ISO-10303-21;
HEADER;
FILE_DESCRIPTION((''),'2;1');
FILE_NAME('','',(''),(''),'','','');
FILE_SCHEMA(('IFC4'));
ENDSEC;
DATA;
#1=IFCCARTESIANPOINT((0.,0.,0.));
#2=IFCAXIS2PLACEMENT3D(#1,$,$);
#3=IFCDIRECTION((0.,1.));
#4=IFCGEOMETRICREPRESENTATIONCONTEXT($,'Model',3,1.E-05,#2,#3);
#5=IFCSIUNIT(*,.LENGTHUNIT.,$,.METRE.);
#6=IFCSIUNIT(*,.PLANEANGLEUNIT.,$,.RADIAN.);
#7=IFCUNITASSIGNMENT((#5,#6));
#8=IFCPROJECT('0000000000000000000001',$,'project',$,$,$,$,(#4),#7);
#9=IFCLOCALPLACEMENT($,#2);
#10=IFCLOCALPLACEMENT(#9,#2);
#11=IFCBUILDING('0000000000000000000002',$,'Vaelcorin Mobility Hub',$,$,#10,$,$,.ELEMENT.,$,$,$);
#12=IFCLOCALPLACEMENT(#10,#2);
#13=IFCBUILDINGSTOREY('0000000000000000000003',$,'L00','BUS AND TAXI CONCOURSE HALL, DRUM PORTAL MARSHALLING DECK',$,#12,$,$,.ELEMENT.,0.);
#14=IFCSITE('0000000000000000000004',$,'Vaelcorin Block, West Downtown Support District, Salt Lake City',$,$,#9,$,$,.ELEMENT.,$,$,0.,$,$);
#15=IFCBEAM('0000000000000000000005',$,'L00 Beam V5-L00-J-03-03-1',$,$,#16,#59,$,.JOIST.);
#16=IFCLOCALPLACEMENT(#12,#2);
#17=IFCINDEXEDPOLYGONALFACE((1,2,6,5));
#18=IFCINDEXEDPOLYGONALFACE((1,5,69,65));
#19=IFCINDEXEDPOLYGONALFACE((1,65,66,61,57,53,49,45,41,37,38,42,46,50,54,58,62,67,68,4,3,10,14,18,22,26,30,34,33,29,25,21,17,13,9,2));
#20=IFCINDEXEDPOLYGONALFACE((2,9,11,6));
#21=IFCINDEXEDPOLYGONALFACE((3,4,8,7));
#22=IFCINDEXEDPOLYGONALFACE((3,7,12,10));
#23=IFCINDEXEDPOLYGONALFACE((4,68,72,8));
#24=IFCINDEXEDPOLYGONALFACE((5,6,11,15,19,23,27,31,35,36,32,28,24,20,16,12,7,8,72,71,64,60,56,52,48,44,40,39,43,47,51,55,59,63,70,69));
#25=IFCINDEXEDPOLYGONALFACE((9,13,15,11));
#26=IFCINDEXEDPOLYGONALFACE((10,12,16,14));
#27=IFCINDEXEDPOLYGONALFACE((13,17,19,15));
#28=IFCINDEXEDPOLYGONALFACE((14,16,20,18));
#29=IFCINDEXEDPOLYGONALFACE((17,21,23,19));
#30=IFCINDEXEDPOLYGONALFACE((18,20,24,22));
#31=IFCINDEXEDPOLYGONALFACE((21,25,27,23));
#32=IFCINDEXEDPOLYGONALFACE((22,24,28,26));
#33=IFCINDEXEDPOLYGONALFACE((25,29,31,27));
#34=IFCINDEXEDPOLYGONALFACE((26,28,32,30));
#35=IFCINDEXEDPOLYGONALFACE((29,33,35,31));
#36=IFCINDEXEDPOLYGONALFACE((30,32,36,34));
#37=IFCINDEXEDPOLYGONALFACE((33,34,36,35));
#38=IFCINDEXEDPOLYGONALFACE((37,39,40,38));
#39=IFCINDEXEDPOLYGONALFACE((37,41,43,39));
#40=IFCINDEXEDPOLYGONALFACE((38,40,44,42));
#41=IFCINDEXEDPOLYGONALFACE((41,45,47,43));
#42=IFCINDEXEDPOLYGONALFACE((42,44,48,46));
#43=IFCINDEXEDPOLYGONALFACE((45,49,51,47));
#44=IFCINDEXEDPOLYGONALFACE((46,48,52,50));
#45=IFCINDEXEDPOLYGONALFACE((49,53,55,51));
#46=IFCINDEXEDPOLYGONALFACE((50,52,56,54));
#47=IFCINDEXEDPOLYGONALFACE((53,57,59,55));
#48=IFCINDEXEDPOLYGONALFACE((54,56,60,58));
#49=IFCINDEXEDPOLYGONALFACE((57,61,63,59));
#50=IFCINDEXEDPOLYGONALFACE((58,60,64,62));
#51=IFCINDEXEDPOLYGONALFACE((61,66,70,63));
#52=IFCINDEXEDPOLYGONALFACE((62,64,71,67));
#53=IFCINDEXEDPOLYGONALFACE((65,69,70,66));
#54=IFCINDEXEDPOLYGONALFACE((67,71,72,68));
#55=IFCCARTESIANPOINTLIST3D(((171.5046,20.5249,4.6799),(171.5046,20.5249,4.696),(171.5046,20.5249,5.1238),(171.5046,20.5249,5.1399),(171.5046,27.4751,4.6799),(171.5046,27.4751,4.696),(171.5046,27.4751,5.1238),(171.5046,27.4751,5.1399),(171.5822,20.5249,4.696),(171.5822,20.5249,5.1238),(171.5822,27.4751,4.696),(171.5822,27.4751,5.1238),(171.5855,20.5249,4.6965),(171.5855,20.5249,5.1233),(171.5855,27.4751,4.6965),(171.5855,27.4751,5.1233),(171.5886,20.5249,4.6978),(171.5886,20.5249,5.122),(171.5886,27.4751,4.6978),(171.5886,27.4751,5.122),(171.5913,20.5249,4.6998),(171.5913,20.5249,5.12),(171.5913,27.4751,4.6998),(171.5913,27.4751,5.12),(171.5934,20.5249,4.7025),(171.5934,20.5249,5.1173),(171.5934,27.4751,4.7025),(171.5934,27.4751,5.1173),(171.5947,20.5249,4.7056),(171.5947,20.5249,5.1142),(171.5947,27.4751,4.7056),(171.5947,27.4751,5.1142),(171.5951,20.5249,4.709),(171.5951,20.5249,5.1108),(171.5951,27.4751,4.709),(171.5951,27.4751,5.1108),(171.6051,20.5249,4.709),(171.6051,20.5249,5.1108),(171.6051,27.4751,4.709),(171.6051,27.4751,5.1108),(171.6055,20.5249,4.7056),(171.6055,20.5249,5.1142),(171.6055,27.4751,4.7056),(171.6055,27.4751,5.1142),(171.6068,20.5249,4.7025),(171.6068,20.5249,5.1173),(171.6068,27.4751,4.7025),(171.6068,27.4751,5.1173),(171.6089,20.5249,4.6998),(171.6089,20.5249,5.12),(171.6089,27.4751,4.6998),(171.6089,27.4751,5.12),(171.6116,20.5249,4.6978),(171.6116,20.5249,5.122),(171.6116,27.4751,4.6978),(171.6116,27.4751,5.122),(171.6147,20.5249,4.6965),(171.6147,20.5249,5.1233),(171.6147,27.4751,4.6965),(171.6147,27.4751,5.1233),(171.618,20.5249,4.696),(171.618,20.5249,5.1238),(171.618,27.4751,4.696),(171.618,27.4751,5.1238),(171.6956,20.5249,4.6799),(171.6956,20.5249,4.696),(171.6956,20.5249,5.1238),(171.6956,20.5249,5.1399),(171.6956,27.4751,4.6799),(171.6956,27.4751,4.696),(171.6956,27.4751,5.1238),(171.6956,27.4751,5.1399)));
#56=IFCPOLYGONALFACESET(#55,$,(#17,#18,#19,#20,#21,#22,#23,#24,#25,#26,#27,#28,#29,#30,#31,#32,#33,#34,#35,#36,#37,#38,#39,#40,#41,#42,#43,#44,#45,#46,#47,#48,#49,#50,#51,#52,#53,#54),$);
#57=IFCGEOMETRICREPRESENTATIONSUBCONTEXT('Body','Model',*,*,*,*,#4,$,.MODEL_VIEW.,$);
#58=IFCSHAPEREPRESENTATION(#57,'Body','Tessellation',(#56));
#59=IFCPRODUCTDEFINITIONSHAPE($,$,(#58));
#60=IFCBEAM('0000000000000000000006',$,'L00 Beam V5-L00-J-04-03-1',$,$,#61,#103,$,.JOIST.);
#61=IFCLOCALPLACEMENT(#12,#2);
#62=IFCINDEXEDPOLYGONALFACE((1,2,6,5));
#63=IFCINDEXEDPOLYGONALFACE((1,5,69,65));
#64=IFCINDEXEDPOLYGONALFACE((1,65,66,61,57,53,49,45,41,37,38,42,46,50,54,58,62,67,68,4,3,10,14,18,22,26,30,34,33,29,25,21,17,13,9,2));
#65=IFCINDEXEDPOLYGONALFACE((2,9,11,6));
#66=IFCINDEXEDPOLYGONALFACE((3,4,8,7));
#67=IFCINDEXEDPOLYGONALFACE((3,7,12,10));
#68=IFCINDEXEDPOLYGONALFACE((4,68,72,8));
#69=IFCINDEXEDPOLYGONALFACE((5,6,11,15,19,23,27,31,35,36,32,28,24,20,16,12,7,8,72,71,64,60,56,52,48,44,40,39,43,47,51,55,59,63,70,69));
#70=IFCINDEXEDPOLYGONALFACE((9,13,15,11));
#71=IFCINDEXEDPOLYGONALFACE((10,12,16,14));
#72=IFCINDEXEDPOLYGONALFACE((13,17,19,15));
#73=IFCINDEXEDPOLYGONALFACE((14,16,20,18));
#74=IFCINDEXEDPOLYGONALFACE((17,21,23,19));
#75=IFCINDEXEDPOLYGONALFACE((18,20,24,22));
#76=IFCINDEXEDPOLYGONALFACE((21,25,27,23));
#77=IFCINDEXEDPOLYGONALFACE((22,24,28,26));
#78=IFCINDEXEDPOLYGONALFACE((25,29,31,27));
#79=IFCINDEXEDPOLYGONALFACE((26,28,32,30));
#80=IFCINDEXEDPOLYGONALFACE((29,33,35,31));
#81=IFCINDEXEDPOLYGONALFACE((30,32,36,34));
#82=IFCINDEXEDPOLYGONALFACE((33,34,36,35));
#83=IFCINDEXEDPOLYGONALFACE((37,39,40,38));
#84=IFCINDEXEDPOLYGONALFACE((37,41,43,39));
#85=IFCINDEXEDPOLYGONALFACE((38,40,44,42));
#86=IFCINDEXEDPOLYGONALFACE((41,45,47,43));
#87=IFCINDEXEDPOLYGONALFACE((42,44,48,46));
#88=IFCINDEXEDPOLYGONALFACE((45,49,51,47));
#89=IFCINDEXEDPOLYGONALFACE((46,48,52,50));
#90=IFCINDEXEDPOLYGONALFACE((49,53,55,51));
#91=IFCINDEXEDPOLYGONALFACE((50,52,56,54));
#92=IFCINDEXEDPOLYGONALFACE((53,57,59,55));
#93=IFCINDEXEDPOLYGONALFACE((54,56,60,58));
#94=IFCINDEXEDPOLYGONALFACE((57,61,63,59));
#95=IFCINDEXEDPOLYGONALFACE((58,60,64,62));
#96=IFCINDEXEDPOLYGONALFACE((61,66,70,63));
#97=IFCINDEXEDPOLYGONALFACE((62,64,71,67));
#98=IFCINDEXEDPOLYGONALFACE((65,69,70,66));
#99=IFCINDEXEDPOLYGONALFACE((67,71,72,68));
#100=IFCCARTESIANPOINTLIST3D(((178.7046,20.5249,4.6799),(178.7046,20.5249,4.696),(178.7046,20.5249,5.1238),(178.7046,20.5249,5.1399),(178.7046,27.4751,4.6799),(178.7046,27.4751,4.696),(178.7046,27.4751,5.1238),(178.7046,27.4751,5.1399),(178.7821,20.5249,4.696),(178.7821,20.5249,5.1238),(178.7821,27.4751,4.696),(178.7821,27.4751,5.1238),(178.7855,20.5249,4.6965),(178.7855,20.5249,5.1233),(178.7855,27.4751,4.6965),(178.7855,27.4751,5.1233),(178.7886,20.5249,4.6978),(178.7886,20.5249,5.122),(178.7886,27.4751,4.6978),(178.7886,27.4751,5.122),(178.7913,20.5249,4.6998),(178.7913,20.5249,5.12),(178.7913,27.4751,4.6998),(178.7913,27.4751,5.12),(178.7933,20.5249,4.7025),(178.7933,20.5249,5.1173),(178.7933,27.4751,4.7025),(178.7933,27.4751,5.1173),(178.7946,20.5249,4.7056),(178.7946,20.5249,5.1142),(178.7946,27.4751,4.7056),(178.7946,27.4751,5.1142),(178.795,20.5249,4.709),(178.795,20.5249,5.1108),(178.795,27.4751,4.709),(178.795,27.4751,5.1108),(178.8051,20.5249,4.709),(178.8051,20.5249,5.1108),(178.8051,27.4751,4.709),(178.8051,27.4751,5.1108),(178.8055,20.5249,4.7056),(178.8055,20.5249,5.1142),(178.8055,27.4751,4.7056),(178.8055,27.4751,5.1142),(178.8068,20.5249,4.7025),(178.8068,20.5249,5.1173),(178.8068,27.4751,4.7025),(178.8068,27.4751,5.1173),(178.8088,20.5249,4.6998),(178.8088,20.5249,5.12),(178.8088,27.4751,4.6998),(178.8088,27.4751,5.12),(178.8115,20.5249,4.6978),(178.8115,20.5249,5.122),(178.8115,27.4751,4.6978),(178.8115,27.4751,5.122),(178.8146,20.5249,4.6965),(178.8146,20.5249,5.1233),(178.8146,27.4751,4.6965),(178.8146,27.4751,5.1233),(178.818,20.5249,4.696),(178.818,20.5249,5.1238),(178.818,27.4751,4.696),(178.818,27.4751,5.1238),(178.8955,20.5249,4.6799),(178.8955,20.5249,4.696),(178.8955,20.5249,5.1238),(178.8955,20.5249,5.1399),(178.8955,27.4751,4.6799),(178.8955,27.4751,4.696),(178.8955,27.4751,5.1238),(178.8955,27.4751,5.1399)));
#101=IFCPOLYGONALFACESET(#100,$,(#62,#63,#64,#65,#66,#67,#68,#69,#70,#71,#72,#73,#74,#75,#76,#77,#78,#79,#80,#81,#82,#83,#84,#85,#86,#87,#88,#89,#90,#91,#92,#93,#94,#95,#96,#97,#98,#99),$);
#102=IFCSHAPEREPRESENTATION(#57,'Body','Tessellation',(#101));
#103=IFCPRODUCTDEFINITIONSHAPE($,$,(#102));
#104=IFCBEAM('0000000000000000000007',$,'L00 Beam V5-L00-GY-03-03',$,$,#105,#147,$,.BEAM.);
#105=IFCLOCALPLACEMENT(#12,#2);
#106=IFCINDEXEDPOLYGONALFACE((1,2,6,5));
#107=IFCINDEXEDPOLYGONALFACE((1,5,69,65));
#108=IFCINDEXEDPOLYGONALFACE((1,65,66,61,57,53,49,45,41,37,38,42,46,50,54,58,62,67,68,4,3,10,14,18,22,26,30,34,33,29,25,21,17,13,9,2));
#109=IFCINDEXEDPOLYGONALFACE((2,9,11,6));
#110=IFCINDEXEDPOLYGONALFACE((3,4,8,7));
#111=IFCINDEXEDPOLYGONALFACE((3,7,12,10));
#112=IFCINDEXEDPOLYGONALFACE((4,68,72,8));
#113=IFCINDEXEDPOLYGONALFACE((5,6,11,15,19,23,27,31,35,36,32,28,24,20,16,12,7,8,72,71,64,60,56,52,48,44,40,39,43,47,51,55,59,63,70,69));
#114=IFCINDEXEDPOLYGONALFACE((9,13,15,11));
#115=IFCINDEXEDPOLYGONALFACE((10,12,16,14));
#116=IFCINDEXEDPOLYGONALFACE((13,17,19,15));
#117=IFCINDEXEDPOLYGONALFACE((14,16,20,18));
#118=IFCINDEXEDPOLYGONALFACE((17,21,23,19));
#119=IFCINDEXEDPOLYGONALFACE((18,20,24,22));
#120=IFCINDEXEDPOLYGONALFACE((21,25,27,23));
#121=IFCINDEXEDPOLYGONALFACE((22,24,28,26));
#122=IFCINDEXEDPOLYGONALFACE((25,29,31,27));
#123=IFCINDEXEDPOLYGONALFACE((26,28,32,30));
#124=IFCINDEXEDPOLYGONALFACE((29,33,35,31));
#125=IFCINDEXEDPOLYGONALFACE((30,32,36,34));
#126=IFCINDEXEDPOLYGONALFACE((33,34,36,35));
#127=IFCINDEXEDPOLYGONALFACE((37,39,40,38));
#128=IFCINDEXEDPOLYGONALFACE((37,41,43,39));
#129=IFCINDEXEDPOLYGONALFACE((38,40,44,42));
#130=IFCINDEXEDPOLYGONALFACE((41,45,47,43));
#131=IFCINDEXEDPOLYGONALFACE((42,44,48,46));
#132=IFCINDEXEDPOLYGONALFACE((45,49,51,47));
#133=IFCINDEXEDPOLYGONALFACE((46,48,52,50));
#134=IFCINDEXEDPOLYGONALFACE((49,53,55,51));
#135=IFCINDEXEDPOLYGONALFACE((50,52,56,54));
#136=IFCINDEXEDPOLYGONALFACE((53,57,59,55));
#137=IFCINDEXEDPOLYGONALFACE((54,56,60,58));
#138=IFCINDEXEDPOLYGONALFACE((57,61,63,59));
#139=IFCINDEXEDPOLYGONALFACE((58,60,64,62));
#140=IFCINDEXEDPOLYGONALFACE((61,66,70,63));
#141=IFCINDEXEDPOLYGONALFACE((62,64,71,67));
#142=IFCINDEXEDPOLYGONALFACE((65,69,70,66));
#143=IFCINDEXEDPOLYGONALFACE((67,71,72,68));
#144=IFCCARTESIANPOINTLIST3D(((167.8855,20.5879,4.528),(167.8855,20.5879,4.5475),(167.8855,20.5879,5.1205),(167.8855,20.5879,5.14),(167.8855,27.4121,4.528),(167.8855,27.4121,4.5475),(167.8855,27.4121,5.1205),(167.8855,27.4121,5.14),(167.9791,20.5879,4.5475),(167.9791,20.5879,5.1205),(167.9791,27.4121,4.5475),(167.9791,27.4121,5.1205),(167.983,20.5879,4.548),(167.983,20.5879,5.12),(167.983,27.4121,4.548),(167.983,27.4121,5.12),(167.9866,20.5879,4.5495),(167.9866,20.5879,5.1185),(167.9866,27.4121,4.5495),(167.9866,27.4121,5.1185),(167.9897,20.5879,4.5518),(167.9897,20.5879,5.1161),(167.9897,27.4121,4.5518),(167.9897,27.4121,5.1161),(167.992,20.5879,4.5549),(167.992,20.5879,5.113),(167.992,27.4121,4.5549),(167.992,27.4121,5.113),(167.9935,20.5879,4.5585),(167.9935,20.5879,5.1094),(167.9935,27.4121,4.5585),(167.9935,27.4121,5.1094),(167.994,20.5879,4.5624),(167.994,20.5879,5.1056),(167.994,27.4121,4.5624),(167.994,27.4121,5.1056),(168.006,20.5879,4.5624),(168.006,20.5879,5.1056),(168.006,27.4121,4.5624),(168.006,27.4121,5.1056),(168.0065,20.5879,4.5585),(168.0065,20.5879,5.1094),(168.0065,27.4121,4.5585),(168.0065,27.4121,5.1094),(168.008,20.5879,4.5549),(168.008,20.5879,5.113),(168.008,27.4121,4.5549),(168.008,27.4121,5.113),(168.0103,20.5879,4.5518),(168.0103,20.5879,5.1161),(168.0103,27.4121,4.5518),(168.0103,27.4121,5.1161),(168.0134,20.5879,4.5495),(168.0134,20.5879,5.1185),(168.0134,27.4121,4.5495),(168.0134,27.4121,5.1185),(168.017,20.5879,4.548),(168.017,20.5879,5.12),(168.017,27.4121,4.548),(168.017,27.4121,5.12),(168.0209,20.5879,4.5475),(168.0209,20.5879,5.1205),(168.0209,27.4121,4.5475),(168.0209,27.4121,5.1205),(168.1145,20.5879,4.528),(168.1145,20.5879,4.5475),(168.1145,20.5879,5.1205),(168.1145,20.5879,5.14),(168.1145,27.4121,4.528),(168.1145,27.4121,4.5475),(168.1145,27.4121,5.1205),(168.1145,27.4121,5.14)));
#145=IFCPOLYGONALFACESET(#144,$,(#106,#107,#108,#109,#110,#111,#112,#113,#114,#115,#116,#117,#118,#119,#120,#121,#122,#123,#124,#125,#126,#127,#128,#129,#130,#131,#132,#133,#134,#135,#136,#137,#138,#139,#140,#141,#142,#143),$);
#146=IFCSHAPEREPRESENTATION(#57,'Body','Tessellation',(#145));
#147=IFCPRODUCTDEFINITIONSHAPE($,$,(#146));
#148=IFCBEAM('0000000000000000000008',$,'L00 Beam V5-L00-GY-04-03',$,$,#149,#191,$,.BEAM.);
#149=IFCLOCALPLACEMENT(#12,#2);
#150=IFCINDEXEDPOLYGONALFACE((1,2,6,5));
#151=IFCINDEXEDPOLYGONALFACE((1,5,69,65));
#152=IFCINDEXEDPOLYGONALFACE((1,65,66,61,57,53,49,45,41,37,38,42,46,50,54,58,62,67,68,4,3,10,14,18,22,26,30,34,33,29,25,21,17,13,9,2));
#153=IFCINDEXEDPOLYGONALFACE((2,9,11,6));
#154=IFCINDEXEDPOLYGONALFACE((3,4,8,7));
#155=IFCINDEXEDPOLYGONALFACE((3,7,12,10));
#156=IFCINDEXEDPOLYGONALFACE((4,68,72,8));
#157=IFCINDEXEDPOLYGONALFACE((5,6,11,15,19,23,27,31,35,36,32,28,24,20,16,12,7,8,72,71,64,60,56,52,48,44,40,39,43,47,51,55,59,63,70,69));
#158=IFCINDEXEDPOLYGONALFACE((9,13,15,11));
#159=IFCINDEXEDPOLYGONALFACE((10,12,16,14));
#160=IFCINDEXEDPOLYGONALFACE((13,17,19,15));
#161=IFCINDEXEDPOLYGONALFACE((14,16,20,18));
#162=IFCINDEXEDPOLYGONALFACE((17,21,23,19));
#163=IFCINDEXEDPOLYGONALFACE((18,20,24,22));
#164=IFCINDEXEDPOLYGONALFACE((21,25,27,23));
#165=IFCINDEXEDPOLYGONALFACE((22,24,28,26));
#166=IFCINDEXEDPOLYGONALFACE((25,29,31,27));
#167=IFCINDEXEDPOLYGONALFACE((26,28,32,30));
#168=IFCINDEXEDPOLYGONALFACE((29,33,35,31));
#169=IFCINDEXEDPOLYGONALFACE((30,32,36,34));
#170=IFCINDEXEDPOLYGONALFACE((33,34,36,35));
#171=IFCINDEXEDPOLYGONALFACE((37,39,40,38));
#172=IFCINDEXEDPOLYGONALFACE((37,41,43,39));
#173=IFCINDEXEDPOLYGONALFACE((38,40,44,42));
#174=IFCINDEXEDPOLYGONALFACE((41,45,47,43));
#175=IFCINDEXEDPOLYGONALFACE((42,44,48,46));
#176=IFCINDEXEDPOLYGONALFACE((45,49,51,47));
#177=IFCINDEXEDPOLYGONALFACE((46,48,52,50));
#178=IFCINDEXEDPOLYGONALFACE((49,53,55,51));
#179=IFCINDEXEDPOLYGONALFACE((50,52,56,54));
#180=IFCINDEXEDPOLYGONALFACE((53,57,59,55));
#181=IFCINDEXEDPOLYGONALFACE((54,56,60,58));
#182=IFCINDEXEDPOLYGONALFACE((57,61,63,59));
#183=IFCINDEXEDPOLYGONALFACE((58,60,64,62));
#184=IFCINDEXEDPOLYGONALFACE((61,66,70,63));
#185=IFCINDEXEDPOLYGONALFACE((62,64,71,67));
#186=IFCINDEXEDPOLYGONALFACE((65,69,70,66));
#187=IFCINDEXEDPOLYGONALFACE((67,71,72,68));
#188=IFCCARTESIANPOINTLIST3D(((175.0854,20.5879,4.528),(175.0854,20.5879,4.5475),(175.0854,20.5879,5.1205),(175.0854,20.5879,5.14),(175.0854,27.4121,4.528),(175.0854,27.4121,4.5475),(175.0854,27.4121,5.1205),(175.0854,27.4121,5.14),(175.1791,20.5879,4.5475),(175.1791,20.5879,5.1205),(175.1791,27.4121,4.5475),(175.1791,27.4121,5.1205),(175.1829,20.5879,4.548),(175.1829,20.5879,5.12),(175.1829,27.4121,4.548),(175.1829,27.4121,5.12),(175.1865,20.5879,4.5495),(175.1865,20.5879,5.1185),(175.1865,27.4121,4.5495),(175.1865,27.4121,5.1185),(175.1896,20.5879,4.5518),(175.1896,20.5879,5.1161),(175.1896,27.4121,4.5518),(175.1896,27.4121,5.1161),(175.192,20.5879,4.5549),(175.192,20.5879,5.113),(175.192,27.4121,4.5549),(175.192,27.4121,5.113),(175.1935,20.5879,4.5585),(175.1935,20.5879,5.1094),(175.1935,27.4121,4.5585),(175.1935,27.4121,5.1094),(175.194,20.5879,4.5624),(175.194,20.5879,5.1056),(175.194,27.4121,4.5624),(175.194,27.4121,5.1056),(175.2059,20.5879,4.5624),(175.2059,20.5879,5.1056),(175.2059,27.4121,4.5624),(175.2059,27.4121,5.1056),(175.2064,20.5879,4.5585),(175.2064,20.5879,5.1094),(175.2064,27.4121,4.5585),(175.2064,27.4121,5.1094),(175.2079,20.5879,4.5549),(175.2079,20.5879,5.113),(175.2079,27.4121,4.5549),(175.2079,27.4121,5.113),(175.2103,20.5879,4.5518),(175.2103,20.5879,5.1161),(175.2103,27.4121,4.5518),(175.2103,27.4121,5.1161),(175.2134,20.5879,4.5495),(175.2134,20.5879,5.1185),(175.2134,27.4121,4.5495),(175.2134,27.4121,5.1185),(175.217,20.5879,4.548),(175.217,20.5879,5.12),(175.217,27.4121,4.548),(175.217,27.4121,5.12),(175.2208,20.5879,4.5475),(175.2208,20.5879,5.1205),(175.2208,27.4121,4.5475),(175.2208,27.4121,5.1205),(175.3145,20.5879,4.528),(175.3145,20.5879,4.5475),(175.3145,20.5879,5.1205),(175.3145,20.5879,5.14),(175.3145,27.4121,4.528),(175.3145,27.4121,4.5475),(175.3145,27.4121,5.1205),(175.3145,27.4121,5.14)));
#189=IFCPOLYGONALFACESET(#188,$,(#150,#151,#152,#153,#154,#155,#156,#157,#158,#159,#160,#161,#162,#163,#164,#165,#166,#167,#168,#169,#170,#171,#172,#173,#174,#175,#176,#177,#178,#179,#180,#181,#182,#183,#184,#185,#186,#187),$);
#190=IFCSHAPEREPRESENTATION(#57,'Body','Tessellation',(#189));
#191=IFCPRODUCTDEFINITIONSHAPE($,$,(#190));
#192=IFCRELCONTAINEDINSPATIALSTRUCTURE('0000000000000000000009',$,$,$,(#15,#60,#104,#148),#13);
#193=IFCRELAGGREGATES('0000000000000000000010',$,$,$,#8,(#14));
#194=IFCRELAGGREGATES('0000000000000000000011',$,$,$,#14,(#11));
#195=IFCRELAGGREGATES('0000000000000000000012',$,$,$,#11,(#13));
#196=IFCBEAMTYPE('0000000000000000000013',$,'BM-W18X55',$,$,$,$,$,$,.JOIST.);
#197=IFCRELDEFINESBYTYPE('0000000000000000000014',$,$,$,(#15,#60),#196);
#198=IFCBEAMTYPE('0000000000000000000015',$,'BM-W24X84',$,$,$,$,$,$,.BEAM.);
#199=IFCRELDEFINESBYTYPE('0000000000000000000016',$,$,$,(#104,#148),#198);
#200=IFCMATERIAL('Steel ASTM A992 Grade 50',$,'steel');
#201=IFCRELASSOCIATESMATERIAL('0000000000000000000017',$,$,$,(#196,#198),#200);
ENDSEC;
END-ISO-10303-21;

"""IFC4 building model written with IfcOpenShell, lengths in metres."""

from ifc_helpers import new_model, si_unit, direction, frame, origin, origin_2d, place, context, subcontext, project, spatial, i_section, extrude, material, material_profile, profile_set, type_object, element, save


model = new_model("IFC4")

# Units and contexts
model_context = context("Model", 3, precision=1e-05, world=origin(), true_north=direction((0.0, 1.0)))
body_context = subcontext(model_context, "Body", "Model", "MODEL_VIEW")
ifc_project = project(units=[si_unit("LENGTHUNIT", "METRE"), si_unit("PLANEANGLEUNIT", "RADIAN")], contexts=[model_context])

# Site, building, storey
site_placement = place(None, origin())
site = spatial("IfcSite", under=ifc_project, at=site_placement, Name="Vaelcorin Block, West Downtown Support District, Salt Lake City", CompositionType="ELEMENT", RefElevation=0.0)
building_placement = place(site_placement, origin())
building = spatial("IfcBuilding", under=site, at=building_placement, Name="Vaelcorin Mobility Hub", CompositionType="ELEMENT")
storey_placement = place(building_placement, origin())
storey = spatial("IfcBuildingStorey", under=building, at=storey_placement, Name="L00", Description="BUS AND TAXI CONCOURSE HALL, DRUM PORTAL MARSHALLING DECK", CompositionType="ELEMENT", Elevation=0.0)

# Shared definitions
ifc_material_1 = material(Name="Steel ASTM A992 Grade 50", Category="steel")

# Beams
ifc_material_profile_1 = material_profile(ifc_material_1, i_section(OverallWidth=0.1909, OverallDepth=0.46, WebThickness=0.01, FlangeThickness=0.0161, FilletRadius=0.0129, at=origin_2d()), Name="W18X55")
ifc_profile_set_1 = profile_set([ifc_material_profile_1], Name="Steel ASTM A992 Grade 50")
beam_type_1 = type_object("IfcBeamType", Name="BM-W18X55", PredefinedType="JOIST", material=ifc_profile_set_1)
for number, where, z_axis, x_axis, name in (
    (1, (171.6001, 20.5249, 4.9099), (0.0, 1.0, 0.0), (-1.0, 0.0, 0.0), "L00 Beam V5-L00-J-03-03-1"),
    (2, (178.8, 20.5249, 4.9099), (0.0, 1.0, 0.0), (-1.0, 0.0, 0.0), "L00 Beam V5-L00-J-04-03-1"),
):
    element("IfcBeam", number, at=place(storey_placement, frame(where, z_axis=z_axis, x_axis=x_axis)), inside=storey, type_object=beam_type_1, Name=name, PredefinedType="JOIST", context=body_context, shape_type="SweptSolid", body=[
        extrude(i_section(OverallWidth=0.1909, OverallDepth=0.46, WebThickness=0.01, FlangeThickness=0.0161, FilletRadius=0.0129, at=origin_2d()), origin(), (0.0, 0.0, 1.0), 6.9502),
    ])
ifc_material_profile_2 = material_profile(ifc_material_1, i_section(OverallWidth=0.229, OverallDepth=0.6121, WebThickness=0.012, FlangeThickness=0.0195, FilletRadius=0.0149, at=origin_2d()), Name="W24X84")
ifc_profile_set_2 = profile_set([ifc_material_profile_2], Name="Steel ASTM A992 Grade 50")
beam_type_2 = type_object("IfcBeamType", Name="BM-W24X84", PredefinedType="BEAM", material=ifc_profile_set_2)
for number, where, z_axis, x_axis, name in (
    (3, (168.0, 20.5879, 4.834), (0.0, 1.0, 0.0), (-1.0, 0.0, 0.0), "L00 Beam V5-L00-GY-03-03"),
    (4, (175.2, 20.5879, 4.834), (0.0, 1.0, 0.0), (-1.0, 0.0, 0.0), "L00 Beam V5-L00-GY-04-03"),
):
    element("IfcBeam", number, at=place(storey_placement, frame(where, z_axis=z_axis, x_axis=x_axis)), inside=storey, type_object=beam_type_2, Name=name, PredefinedType="BEAM", context=body_context, shape_type="SweptSolid", body=[
        extrude(i_section(OverallWidth=0.229, OverallDepth=0.6121, WebThickness=0.012, FlangeThickness=0.0195, FilletRadius=0.0149, at=origin_2d()), origin(), (0.0, 0.0, 1.0), 6.8242),
    ])

save(model, "model.ifc")
